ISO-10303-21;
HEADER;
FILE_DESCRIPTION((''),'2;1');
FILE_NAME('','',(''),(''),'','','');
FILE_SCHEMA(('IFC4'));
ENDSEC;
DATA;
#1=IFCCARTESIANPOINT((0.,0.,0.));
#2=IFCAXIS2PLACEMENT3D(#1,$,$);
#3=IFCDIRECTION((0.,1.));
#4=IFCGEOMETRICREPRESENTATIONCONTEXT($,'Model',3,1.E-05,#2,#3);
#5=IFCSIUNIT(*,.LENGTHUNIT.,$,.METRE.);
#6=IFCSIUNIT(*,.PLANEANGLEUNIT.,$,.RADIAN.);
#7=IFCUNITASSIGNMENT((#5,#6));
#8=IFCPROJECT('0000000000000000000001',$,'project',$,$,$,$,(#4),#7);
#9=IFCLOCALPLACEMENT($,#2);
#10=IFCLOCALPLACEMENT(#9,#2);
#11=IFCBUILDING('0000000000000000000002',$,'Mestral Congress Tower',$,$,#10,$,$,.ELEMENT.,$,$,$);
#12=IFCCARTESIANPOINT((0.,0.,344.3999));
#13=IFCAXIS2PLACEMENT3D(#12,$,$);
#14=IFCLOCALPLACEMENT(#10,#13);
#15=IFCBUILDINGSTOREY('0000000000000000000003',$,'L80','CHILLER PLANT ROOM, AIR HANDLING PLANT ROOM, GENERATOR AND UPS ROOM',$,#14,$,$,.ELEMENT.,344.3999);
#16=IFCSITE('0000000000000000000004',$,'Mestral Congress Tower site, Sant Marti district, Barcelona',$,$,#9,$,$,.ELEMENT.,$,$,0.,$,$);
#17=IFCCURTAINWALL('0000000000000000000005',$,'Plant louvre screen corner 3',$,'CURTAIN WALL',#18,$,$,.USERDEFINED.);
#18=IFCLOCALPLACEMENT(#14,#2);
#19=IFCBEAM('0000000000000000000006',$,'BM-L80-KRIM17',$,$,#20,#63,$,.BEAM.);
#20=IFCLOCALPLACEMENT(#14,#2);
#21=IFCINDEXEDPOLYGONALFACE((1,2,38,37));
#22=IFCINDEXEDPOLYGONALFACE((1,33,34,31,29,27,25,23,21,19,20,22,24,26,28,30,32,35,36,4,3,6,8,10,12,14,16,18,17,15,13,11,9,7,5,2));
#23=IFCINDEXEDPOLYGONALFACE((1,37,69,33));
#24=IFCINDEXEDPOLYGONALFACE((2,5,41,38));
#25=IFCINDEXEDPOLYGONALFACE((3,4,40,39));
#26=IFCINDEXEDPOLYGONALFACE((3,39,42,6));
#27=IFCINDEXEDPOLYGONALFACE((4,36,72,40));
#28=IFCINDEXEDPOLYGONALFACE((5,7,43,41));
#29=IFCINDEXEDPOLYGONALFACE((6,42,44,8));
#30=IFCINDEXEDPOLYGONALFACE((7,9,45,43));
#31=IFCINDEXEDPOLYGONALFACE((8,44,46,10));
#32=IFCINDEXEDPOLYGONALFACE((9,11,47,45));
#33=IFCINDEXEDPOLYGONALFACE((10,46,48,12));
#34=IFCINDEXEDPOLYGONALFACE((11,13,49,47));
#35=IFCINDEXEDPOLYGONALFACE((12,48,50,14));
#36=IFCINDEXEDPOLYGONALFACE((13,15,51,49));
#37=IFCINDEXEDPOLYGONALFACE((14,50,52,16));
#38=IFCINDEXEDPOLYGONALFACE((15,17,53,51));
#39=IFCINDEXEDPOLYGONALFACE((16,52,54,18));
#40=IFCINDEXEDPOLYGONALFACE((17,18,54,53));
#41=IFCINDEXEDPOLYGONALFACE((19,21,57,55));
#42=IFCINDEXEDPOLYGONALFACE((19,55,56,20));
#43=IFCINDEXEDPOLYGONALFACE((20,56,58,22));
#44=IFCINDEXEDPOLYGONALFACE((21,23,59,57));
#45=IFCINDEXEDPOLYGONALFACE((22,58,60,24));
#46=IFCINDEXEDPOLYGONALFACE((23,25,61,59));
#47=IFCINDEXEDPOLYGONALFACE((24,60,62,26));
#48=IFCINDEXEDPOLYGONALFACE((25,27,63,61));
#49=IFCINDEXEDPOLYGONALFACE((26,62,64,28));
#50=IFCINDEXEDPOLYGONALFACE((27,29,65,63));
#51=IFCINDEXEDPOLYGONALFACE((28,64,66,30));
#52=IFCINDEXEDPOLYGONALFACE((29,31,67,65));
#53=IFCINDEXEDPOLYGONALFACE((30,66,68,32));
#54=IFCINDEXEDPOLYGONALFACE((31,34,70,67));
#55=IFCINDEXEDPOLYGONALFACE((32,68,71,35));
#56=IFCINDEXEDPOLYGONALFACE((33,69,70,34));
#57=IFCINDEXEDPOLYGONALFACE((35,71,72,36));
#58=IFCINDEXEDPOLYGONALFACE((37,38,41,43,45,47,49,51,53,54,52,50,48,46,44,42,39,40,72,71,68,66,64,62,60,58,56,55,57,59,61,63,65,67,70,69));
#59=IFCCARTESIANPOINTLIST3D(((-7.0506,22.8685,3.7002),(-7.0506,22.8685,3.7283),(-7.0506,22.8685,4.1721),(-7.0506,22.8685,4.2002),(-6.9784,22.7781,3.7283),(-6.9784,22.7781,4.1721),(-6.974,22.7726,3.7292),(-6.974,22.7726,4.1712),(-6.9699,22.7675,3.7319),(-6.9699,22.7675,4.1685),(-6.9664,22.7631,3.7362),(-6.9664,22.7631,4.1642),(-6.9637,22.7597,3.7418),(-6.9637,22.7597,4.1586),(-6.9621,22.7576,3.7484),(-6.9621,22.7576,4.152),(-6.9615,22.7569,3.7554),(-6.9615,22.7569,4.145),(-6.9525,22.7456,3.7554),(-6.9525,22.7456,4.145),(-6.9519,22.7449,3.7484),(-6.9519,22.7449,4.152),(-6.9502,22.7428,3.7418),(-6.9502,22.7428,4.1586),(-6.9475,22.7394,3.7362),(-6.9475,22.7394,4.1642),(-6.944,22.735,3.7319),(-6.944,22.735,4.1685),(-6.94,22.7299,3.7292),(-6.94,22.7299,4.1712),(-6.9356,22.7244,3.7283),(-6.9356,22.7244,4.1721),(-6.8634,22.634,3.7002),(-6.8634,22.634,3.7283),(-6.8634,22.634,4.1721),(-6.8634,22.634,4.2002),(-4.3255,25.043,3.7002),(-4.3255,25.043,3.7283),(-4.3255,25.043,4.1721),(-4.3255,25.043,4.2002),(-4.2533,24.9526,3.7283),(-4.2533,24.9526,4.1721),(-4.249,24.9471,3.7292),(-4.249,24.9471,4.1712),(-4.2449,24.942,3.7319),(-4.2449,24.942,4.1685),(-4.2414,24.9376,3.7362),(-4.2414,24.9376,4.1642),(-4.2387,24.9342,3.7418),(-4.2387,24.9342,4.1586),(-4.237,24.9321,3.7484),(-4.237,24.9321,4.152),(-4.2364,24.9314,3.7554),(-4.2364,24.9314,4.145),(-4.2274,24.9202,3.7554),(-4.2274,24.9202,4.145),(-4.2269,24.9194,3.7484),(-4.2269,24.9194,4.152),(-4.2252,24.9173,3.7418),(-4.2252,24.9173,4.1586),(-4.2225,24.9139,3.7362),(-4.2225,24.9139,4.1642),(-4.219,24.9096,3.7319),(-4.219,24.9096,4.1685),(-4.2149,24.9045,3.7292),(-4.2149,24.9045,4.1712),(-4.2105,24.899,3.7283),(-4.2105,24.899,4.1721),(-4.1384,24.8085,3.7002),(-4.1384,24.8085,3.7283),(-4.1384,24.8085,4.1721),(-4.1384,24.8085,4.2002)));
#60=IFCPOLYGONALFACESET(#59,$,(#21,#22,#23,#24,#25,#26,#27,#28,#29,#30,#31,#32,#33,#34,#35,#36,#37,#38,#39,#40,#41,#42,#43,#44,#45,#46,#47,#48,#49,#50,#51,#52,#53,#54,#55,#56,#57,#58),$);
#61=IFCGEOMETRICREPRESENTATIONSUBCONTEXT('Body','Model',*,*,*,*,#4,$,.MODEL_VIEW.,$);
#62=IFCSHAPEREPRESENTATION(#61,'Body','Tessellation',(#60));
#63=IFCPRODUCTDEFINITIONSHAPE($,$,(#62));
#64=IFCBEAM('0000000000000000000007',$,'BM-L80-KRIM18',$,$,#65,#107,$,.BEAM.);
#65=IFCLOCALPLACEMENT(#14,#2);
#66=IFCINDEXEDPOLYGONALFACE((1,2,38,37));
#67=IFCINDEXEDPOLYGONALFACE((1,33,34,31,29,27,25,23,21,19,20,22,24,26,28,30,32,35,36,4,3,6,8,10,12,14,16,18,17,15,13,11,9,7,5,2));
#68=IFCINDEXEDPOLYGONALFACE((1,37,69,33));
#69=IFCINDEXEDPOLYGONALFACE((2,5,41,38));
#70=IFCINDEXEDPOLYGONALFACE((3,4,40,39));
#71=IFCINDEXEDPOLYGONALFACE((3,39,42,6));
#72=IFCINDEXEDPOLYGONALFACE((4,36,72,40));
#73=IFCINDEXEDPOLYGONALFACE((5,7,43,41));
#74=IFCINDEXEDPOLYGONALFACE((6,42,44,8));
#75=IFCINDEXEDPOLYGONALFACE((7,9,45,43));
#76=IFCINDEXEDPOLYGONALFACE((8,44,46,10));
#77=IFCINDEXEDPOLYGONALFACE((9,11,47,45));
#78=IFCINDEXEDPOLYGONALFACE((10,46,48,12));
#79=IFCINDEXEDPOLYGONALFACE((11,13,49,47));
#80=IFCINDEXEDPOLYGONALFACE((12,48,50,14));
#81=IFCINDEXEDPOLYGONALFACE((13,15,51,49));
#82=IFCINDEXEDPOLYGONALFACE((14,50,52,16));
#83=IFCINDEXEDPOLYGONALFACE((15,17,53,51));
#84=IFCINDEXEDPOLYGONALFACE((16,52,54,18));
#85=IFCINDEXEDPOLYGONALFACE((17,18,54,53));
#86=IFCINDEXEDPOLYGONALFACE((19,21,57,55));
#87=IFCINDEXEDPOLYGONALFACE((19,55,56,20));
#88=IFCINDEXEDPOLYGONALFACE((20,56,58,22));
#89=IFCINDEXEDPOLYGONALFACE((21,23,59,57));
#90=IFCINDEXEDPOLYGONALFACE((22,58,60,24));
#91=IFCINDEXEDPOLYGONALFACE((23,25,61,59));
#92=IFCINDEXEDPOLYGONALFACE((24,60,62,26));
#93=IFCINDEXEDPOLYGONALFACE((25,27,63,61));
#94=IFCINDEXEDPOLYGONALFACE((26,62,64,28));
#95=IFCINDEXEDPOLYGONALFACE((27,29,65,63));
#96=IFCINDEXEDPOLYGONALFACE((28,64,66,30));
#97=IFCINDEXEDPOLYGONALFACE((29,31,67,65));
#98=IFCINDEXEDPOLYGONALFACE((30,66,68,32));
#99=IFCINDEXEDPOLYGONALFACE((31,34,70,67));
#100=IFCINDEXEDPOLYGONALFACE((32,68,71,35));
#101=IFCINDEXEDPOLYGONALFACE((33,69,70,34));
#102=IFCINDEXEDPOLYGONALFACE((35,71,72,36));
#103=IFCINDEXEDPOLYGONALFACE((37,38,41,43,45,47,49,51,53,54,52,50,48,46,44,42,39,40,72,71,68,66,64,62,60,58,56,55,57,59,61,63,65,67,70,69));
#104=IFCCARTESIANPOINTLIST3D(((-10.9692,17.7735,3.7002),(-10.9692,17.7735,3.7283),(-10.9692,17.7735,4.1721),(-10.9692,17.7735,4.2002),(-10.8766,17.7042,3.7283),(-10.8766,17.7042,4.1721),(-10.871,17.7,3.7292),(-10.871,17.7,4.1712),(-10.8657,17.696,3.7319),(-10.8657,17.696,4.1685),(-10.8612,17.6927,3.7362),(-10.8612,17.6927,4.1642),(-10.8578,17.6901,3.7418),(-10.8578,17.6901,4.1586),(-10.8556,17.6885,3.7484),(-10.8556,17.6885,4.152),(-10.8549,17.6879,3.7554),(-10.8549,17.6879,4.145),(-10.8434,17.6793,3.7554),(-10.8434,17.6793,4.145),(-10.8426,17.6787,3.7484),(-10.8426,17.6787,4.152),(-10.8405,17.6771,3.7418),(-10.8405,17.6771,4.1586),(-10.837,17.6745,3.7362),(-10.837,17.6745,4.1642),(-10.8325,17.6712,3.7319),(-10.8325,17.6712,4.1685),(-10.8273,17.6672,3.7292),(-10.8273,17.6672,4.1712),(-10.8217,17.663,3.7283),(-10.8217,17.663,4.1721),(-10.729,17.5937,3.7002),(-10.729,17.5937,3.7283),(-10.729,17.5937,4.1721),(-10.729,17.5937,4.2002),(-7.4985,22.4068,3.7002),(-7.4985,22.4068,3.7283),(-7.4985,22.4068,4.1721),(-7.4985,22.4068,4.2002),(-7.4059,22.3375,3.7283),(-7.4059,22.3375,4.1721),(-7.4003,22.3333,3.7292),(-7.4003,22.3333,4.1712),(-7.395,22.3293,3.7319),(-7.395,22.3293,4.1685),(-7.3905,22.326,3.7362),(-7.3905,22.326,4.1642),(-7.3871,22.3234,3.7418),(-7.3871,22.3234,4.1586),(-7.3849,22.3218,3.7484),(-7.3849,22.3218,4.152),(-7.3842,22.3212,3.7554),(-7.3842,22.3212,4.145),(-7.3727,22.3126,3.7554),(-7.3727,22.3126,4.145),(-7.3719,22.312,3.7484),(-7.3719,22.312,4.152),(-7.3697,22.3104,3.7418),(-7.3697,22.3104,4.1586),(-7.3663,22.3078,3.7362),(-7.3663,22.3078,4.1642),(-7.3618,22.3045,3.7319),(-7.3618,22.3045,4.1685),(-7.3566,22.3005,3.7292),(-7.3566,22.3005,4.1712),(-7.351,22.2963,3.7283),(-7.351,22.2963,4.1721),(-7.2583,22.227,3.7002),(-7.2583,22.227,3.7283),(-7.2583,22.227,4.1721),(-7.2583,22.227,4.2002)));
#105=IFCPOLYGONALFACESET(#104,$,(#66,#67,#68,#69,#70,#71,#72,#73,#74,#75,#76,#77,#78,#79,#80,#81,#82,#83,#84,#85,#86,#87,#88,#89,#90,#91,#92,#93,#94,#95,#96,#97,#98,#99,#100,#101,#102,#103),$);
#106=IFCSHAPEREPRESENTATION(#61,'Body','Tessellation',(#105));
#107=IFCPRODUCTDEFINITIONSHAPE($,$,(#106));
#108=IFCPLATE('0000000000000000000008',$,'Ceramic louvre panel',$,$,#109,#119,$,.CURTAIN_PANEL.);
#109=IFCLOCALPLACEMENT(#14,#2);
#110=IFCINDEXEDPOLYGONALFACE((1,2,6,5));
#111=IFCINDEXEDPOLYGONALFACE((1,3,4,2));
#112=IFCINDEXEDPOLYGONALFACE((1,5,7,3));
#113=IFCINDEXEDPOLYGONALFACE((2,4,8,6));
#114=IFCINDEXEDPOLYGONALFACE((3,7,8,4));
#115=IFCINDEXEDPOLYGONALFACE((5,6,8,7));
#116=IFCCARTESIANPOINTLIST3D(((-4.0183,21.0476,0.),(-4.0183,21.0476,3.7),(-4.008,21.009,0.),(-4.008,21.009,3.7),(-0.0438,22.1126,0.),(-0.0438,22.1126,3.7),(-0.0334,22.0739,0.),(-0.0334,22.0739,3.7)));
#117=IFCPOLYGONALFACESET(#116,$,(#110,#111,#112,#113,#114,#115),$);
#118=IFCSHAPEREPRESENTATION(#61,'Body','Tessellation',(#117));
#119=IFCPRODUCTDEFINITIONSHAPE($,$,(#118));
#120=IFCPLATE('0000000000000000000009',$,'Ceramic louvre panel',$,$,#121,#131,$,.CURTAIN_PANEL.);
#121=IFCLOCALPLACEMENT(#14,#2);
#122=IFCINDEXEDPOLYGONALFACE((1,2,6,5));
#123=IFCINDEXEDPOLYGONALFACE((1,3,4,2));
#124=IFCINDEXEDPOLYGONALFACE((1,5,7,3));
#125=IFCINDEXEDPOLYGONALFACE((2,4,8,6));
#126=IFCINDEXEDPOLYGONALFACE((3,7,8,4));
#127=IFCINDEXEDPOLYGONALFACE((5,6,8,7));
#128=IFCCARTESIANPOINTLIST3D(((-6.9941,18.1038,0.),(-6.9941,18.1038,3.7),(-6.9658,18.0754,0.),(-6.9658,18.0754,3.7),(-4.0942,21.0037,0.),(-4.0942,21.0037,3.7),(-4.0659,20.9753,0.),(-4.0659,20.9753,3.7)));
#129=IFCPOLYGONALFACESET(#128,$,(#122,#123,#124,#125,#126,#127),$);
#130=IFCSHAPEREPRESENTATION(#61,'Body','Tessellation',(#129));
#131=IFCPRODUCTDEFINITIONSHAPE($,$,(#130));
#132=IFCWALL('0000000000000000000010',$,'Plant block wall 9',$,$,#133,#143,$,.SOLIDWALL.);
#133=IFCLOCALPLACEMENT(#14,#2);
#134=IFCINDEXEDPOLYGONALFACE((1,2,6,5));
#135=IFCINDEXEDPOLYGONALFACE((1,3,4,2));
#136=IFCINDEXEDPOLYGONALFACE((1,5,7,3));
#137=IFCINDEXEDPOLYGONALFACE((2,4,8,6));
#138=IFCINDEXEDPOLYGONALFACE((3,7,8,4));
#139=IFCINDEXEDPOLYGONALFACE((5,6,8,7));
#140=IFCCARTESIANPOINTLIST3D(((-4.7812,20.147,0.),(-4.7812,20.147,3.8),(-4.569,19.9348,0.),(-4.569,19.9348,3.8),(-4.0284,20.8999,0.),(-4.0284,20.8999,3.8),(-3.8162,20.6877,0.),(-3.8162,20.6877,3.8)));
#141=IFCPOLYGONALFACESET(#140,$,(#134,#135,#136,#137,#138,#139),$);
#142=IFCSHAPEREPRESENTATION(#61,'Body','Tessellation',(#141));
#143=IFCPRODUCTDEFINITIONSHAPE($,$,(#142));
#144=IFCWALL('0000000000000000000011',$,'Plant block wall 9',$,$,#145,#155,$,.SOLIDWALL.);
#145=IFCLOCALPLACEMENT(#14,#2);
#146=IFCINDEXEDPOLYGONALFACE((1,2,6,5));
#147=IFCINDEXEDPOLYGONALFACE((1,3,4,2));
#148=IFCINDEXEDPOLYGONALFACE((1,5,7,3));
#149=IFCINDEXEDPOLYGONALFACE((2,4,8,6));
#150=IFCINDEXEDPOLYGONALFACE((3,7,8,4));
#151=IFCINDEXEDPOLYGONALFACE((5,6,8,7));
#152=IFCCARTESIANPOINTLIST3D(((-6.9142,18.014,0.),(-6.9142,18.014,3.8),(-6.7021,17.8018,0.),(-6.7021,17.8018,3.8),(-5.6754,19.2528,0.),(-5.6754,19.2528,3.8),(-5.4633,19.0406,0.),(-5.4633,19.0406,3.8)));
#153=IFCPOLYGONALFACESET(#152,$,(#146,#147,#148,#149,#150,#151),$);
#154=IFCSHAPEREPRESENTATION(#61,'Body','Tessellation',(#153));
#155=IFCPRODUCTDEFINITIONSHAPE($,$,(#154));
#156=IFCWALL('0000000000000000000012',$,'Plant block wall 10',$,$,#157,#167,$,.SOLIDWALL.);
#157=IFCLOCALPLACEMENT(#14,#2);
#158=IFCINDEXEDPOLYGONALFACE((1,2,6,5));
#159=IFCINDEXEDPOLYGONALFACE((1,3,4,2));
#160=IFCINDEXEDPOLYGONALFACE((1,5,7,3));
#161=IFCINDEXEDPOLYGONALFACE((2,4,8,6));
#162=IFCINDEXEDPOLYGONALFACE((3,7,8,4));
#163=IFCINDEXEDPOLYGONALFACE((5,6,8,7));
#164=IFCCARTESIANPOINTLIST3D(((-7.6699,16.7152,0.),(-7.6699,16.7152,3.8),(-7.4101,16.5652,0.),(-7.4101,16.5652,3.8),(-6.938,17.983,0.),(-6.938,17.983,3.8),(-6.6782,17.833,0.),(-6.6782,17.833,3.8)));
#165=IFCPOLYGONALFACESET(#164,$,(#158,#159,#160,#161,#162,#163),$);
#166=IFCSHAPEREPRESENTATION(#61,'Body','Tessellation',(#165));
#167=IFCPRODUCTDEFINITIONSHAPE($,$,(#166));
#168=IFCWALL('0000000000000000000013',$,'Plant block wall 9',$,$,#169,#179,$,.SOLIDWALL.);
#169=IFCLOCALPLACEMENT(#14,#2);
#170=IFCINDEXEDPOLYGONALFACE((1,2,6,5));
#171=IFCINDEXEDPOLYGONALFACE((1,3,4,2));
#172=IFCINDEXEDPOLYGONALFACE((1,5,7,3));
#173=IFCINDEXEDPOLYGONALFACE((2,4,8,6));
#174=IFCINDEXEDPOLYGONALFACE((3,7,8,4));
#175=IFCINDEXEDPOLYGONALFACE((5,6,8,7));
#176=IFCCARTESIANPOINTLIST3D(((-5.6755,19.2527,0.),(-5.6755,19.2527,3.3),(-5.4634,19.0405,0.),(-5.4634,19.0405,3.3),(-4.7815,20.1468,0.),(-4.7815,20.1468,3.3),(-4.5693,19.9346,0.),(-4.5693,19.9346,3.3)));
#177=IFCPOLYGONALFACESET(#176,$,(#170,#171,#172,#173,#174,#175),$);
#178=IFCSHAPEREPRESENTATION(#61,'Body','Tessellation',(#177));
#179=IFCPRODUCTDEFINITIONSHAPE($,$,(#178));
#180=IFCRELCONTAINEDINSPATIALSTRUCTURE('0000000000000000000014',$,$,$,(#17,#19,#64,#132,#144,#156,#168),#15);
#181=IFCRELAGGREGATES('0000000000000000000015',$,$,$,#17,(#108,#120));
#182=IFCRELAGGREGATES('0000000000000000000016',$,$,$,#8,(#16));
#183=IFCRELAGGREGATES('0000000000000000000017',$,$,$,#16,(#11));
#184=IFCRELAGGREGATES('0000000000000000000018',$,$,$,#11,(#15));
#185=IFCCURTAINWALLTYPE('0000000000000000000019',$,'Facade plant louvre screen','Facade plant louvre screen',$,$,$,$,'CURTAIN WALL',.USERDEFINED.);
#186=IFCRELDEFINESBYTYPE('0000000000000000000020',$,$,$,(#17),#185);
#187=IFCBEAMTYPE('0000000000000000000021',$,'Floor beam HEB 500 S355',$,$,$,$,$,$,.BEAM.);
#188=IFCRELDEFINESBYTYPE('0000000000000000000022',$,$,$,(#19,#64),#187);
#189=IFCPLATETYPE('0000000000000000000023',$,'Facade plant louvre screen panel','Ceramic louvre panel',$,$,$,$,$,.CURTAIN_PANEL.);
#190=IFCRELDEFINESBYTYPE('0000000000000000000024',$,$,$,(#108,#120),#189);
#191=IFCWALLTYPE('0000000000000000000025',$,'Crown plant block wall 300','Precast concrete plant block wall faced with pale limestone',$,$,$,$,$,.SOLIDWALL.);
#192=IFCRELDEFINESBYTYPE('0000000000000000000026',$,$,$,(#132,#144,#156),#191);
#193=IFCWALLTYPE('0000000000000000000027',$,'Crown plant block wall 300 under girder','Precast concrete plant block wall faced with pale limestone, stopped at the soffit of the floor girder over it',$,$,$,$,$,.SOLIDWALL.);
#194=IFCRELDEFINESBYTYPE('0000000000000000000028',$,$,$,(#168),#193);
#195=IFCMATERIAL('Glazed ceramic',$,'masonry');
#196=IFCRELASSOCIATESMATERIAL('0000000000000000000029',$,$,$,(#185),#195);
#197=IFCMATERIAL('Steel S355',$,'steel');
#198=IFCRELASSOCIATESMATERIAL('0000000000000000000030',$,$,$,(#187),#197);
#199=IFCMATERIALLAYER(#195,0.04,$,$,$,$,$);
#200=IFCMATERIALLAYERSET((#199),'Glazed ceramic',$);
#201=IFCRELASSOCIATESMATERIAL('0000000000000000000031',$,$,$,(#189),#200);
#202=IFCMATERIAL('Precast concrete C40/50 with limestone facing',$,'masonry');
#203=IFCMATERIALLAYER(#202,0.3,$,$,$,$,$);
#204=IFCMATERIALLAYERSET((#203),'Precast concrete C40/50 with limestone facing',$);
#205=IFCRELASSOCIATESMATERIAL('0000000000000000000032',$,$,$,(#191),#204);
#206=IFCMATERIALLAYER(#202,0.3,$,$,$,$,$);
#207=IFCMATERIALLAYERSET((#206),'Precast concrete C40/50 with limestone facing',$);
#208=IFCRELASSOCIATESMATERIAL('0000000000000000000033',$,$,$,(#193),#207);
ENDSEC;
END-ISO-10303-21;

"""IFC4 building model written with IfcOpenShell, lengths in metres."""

from ifc_helpers import new_model, si_unit, direction, frame, frame_2d, origin, origin_2d, place, context, subcontext, project, spatial, rectangle, i_section, extrude, material, layer, layer_set, material_profile, profile_set, type_object, element, aggregate, save


model = new_model("IFC4")

# Units and contexts
model_context = context("Model", 3, precision=1e-05, world=origin(), true_north=direction((0.0, 1.0)))
body_context = subcontext(model_context, "Body", "Model", "MODEL_VIEW")
ifc_project = project(units=[si_unit("LENGTHUNIT", "METRE"), si_unit("PLANEANGLEUNIT", "RADIAN")], contexts=[model_context])

# Site, building, storey
site_placement = place(None, origin())
site = spatial("IfcSite", under=ifc_project, at=site_placement, Name="Mestral Congress Tower site, Sant Marti district, Barcelona", CompositionType="ELEMENT", RefElevation=0.0)
building_placement = place(site_placement, origin())
building = spatial("IfcBuilding", under=site, at=building_placement, Name="Mestral Congress Tower", CompositionType="ELEMENT")
storey_placement = place(building_placement, frame((0.0, 0.0, 344.3999)))
storey = spatial("IfcBuildingStorey", under=building, at=storey_placement, Name="L80", Description="CHILLER PLANT ROOM, AIR HANDLING PLANT ROOM, GENERATOR AND UPS ROOM", CompositionType="ELEMENT", Elevation=344.3999)

# Shared definitions
ifc_material_1 = material(Name="Steel S355", Category="steel")

# Curtain wall
ifc_material_2 = material(Name="Glazed ceramic", Category="masonry")
curtain_wall_type = type_object("IfcCurtainWallType", Name="Facade plant louvre screen", Description="Facade plant louvre screen", ElementType="CURTAIN WALL", PredefinedType="USERDEFINED", material=ifc_material_2)
placement = place(storey_placement, origin())
curtain_wall_1 = element("IfcCurtainWall", 1, at=placement, inside=storey, type_object=curtain_wall_type, Name="Plant louvre screen corner 3", ObjectType="CURTAIN WALL", PredefinedType="USERDEFINED")

# Beams
ifc_material_profile_1 = material_profile(ifc_material_1, i_section(OverallWidth=0.3, OverallDepth=0.5, WebThickness=0.0144, FlangeThickness=0.0281, FilletRadius=0.0271, at=origin_2d()), Name="HEB 500")
ifc_profile_set_1 = profile_set([ifc_material_profile_1], Name="Steel S355")
beam_type_1 = type_object("IfcBeamType", Name="Floor beam HEB 500 S355", PredefinedType="BEAM", material=ifc_profile_set_1)
beam_1_placement = place(storey_placement, frame((-4.2319, 24.9258, 3.9502), z_axis=(-0.78164, -0.62373, 0.0), x_axis=(0.62373, -0.78164, 0.0)))
element("IfcBeam", 2, at=beam_1_placement, inside=storey, type_object=beam_type_1, Name="BM-L80-KRIM17", PredefinedType="BEAM", context=body_context, shape_type="SweptSolid", body=[
    extrude(i_section(OverallWidth=0.3, OverallDepth=0.5, WebThickness=0.0144, FlangeThickness=0.0281, FilletRadius=0.0271, at=origin_2d()), origin(), (0.0, 0.0, 1.0), 3.4863),
])
beam_2_placement = place(storey_placement, frame((-7.3784, 22.3169, 3.9502), z_axis=(-0.599528, -0.800354, 0.0), x_axis=(0.800354, -0.599528, 0.0)))
element("IfcBeam", 3, at=beam_2_placement, inside=storey, type_object=beam_type_1, Name="BM-L80-KRIM18", PredefinedType="BEAM", context=body_context, shape_type="SweptSolid", body=[
    extrude(i_section(OverallWidth=0.3, OverallDepth=0.5, WebThickness=0.0144, FlangeThickness=0.0281, FilletRadius=0.0271, at=origin_2d()), origin(), (0.0, 0.0, 1.0), 5.7891),
])

# Plates
ifc_layer_1 = layer(ifc_material_2, 0.04)
ifc_layer_set_1 = layer_set([ifc_layer_1], Name="Glazed ceramic")
plate_type = type_object("IfcPlateType", Name="Facade plant louvre screen panel", Description="Ceramic louvre panel", PredefinedType="CURTAIN_PANEL", material=ifc_layer_set_1)
plate_1_placement = place(storey_placement, frame((-2.0259, 21.5608, 0.0), z_axis=(0.0, 0.0, 1.0), x_axis=(-0.965926, -0.258819, 0.0)))
plate_1 = element("IfcPlate", 4, at=plate_1_placement, type_object=plate_type, Name="Ceramic louvre panel", PredefinedType="CURTAIN_PANEL", context=body_context, shape_type="SweptSolid", body=[
    extrude(rectangle(XDim=4.1147, YDim=0.04, at=origin_2d()), origin(), (0.0, 0.0, 1.0), 3.7),
])
plate_2_placement = place(storey_placement, frame((-5.53, 19.5396, 0.0), z_axis=(0.0, 0.0, 1.0), x_axis=(-0.707107, -0.707107, 0.0)))
plate_2 = element("IfcPlate", 5, at=plate_2_placement, type_object=plate_type, Name="Ceramic louvre panel", PredefinedType="CURTAIN_PANEL", context=body_context, shape_type="SweptSolid", body=[
    extrude(rectangle(XDim=4.1011, YDim=0.04, at=origin_2d()), origin(), (0.0, 0.0, 1.0), 3.7),
])
aggregate(curtain_wall_1, [plate_1, plate_2])

# Walls
ifc_material_3 = material(Name="Precast concrete C40/50 with limestone facing", Category="masonry")
ifc_layer_2 = layer(ifc_material_3, 0.3)
ifc_layer_set_2 = layer_set([ifc_layer_2], Name="Precast concrete C40/50 with limestone facing")
wall_type_1 = type_object("IfcWallType", Name="Crown plant block wall 300", Description="Precast concrete plant block wall faced with pale limestone", PredefinedType="SOLIDWALL", material=ifc_layer_set_2)
wall_1_placement = place(storey_placement, frame((-3.9224, 20.7937, 0.0), z_axis=(0.0, 0.0, 1.0), x_axis=(-0.707107, -0.707107, 0.0)))
element("IfcWall", 6, at=wall_1_placement, inside=storey, type_object=wall_type_1, Name="Plant block wall 9", PredefinedType="SOLIDWALL", context=body_context, shape_type="SweptSolid", body=[
    extrude(rectangle(XDim=1.0647, YDim=0.3, at=frame_2d((0.5322, 0.0))), origin(), (0.0, 0.0, 1.0), 3.8),
])
wall_2_placement = place(storey_placement, frame((-5.5693, 19.1467, 0.0), z_axis=(0.0, 0.0, 1.0), x_axis=(-0.707107, -0.707107, 0.0)))
element("IfcWall", 7, at=wall_2_placement, inside=storey, type_object=wall_type_1, Name="Plant block wall 9", PredefinedType="SOLIDWALL", context=body_context, shape_type="SweptSolid", body=[
    extrude(rectangle(XDim=1.752, YDim=0.3, at=frame_2d((0.876, 0.0))), origin(), (0.0, 0.0, 1.0), 3.8),
])
wall_3_placement = place(storey_placement, frame((-6.8081, 17.908, 0.0), z_axis=(0.0, 0.0, 1.0), x_axis=(-0.499977, -0.866038, 0.0)))
element("IfcWall", 8, at=wall_3_placement, inside=storey, type_object=wall_type_1, Name="Plant block wall 10", PredefinedType="SOLIDWALL", context=body_context, shape_type="SweptSolid", body=[
    extrude(rectangle(XDim=1.4639, YDim=0.3, at=frame_2d((0.7319, 0.0))), origin(), (0.0, 0.0, 1.0), 3.8),
])
ifc_layer_3 = layer(ifc_material_3, 0.3)
ifc_layer_set_3 = layer_set([ifc_layer_3], Name="Precast concrete C40/50 with limestone facing")
wall_type_2 = type_object("IfcWallType", Name="Crown plant block wall 300 under girder", Description="Precast concrete plant block wall faced with pale limestone, stopped at the soffit of the floor girder over it", PredefinedType="SOLIDWALL", material=ifc_layer_set_3)
wall_4_placement = place(storey_placement, frame((-4.6753, 20.0408, 0.0), z_axis=(0.0, 0.0, 1.0), x_axis=(-0.707107, -0.707107, 0.0)))
element("IfcWall", 9, at=wall_4_placement, inside=storey, type_object=wall_type_2, Name="Plant block wall 9", PredefinedType="SOLIDWALL", context=body_context, shape_type="SweptSolid", body=[
    extrude(rectangle(XDim=1.2644, YDim=0.3, at=frame_2d((0.6323, 0.0))), origin(), (0.0, 0.0, 1.0), 3.3),
])

save(model, "model.ifc")
